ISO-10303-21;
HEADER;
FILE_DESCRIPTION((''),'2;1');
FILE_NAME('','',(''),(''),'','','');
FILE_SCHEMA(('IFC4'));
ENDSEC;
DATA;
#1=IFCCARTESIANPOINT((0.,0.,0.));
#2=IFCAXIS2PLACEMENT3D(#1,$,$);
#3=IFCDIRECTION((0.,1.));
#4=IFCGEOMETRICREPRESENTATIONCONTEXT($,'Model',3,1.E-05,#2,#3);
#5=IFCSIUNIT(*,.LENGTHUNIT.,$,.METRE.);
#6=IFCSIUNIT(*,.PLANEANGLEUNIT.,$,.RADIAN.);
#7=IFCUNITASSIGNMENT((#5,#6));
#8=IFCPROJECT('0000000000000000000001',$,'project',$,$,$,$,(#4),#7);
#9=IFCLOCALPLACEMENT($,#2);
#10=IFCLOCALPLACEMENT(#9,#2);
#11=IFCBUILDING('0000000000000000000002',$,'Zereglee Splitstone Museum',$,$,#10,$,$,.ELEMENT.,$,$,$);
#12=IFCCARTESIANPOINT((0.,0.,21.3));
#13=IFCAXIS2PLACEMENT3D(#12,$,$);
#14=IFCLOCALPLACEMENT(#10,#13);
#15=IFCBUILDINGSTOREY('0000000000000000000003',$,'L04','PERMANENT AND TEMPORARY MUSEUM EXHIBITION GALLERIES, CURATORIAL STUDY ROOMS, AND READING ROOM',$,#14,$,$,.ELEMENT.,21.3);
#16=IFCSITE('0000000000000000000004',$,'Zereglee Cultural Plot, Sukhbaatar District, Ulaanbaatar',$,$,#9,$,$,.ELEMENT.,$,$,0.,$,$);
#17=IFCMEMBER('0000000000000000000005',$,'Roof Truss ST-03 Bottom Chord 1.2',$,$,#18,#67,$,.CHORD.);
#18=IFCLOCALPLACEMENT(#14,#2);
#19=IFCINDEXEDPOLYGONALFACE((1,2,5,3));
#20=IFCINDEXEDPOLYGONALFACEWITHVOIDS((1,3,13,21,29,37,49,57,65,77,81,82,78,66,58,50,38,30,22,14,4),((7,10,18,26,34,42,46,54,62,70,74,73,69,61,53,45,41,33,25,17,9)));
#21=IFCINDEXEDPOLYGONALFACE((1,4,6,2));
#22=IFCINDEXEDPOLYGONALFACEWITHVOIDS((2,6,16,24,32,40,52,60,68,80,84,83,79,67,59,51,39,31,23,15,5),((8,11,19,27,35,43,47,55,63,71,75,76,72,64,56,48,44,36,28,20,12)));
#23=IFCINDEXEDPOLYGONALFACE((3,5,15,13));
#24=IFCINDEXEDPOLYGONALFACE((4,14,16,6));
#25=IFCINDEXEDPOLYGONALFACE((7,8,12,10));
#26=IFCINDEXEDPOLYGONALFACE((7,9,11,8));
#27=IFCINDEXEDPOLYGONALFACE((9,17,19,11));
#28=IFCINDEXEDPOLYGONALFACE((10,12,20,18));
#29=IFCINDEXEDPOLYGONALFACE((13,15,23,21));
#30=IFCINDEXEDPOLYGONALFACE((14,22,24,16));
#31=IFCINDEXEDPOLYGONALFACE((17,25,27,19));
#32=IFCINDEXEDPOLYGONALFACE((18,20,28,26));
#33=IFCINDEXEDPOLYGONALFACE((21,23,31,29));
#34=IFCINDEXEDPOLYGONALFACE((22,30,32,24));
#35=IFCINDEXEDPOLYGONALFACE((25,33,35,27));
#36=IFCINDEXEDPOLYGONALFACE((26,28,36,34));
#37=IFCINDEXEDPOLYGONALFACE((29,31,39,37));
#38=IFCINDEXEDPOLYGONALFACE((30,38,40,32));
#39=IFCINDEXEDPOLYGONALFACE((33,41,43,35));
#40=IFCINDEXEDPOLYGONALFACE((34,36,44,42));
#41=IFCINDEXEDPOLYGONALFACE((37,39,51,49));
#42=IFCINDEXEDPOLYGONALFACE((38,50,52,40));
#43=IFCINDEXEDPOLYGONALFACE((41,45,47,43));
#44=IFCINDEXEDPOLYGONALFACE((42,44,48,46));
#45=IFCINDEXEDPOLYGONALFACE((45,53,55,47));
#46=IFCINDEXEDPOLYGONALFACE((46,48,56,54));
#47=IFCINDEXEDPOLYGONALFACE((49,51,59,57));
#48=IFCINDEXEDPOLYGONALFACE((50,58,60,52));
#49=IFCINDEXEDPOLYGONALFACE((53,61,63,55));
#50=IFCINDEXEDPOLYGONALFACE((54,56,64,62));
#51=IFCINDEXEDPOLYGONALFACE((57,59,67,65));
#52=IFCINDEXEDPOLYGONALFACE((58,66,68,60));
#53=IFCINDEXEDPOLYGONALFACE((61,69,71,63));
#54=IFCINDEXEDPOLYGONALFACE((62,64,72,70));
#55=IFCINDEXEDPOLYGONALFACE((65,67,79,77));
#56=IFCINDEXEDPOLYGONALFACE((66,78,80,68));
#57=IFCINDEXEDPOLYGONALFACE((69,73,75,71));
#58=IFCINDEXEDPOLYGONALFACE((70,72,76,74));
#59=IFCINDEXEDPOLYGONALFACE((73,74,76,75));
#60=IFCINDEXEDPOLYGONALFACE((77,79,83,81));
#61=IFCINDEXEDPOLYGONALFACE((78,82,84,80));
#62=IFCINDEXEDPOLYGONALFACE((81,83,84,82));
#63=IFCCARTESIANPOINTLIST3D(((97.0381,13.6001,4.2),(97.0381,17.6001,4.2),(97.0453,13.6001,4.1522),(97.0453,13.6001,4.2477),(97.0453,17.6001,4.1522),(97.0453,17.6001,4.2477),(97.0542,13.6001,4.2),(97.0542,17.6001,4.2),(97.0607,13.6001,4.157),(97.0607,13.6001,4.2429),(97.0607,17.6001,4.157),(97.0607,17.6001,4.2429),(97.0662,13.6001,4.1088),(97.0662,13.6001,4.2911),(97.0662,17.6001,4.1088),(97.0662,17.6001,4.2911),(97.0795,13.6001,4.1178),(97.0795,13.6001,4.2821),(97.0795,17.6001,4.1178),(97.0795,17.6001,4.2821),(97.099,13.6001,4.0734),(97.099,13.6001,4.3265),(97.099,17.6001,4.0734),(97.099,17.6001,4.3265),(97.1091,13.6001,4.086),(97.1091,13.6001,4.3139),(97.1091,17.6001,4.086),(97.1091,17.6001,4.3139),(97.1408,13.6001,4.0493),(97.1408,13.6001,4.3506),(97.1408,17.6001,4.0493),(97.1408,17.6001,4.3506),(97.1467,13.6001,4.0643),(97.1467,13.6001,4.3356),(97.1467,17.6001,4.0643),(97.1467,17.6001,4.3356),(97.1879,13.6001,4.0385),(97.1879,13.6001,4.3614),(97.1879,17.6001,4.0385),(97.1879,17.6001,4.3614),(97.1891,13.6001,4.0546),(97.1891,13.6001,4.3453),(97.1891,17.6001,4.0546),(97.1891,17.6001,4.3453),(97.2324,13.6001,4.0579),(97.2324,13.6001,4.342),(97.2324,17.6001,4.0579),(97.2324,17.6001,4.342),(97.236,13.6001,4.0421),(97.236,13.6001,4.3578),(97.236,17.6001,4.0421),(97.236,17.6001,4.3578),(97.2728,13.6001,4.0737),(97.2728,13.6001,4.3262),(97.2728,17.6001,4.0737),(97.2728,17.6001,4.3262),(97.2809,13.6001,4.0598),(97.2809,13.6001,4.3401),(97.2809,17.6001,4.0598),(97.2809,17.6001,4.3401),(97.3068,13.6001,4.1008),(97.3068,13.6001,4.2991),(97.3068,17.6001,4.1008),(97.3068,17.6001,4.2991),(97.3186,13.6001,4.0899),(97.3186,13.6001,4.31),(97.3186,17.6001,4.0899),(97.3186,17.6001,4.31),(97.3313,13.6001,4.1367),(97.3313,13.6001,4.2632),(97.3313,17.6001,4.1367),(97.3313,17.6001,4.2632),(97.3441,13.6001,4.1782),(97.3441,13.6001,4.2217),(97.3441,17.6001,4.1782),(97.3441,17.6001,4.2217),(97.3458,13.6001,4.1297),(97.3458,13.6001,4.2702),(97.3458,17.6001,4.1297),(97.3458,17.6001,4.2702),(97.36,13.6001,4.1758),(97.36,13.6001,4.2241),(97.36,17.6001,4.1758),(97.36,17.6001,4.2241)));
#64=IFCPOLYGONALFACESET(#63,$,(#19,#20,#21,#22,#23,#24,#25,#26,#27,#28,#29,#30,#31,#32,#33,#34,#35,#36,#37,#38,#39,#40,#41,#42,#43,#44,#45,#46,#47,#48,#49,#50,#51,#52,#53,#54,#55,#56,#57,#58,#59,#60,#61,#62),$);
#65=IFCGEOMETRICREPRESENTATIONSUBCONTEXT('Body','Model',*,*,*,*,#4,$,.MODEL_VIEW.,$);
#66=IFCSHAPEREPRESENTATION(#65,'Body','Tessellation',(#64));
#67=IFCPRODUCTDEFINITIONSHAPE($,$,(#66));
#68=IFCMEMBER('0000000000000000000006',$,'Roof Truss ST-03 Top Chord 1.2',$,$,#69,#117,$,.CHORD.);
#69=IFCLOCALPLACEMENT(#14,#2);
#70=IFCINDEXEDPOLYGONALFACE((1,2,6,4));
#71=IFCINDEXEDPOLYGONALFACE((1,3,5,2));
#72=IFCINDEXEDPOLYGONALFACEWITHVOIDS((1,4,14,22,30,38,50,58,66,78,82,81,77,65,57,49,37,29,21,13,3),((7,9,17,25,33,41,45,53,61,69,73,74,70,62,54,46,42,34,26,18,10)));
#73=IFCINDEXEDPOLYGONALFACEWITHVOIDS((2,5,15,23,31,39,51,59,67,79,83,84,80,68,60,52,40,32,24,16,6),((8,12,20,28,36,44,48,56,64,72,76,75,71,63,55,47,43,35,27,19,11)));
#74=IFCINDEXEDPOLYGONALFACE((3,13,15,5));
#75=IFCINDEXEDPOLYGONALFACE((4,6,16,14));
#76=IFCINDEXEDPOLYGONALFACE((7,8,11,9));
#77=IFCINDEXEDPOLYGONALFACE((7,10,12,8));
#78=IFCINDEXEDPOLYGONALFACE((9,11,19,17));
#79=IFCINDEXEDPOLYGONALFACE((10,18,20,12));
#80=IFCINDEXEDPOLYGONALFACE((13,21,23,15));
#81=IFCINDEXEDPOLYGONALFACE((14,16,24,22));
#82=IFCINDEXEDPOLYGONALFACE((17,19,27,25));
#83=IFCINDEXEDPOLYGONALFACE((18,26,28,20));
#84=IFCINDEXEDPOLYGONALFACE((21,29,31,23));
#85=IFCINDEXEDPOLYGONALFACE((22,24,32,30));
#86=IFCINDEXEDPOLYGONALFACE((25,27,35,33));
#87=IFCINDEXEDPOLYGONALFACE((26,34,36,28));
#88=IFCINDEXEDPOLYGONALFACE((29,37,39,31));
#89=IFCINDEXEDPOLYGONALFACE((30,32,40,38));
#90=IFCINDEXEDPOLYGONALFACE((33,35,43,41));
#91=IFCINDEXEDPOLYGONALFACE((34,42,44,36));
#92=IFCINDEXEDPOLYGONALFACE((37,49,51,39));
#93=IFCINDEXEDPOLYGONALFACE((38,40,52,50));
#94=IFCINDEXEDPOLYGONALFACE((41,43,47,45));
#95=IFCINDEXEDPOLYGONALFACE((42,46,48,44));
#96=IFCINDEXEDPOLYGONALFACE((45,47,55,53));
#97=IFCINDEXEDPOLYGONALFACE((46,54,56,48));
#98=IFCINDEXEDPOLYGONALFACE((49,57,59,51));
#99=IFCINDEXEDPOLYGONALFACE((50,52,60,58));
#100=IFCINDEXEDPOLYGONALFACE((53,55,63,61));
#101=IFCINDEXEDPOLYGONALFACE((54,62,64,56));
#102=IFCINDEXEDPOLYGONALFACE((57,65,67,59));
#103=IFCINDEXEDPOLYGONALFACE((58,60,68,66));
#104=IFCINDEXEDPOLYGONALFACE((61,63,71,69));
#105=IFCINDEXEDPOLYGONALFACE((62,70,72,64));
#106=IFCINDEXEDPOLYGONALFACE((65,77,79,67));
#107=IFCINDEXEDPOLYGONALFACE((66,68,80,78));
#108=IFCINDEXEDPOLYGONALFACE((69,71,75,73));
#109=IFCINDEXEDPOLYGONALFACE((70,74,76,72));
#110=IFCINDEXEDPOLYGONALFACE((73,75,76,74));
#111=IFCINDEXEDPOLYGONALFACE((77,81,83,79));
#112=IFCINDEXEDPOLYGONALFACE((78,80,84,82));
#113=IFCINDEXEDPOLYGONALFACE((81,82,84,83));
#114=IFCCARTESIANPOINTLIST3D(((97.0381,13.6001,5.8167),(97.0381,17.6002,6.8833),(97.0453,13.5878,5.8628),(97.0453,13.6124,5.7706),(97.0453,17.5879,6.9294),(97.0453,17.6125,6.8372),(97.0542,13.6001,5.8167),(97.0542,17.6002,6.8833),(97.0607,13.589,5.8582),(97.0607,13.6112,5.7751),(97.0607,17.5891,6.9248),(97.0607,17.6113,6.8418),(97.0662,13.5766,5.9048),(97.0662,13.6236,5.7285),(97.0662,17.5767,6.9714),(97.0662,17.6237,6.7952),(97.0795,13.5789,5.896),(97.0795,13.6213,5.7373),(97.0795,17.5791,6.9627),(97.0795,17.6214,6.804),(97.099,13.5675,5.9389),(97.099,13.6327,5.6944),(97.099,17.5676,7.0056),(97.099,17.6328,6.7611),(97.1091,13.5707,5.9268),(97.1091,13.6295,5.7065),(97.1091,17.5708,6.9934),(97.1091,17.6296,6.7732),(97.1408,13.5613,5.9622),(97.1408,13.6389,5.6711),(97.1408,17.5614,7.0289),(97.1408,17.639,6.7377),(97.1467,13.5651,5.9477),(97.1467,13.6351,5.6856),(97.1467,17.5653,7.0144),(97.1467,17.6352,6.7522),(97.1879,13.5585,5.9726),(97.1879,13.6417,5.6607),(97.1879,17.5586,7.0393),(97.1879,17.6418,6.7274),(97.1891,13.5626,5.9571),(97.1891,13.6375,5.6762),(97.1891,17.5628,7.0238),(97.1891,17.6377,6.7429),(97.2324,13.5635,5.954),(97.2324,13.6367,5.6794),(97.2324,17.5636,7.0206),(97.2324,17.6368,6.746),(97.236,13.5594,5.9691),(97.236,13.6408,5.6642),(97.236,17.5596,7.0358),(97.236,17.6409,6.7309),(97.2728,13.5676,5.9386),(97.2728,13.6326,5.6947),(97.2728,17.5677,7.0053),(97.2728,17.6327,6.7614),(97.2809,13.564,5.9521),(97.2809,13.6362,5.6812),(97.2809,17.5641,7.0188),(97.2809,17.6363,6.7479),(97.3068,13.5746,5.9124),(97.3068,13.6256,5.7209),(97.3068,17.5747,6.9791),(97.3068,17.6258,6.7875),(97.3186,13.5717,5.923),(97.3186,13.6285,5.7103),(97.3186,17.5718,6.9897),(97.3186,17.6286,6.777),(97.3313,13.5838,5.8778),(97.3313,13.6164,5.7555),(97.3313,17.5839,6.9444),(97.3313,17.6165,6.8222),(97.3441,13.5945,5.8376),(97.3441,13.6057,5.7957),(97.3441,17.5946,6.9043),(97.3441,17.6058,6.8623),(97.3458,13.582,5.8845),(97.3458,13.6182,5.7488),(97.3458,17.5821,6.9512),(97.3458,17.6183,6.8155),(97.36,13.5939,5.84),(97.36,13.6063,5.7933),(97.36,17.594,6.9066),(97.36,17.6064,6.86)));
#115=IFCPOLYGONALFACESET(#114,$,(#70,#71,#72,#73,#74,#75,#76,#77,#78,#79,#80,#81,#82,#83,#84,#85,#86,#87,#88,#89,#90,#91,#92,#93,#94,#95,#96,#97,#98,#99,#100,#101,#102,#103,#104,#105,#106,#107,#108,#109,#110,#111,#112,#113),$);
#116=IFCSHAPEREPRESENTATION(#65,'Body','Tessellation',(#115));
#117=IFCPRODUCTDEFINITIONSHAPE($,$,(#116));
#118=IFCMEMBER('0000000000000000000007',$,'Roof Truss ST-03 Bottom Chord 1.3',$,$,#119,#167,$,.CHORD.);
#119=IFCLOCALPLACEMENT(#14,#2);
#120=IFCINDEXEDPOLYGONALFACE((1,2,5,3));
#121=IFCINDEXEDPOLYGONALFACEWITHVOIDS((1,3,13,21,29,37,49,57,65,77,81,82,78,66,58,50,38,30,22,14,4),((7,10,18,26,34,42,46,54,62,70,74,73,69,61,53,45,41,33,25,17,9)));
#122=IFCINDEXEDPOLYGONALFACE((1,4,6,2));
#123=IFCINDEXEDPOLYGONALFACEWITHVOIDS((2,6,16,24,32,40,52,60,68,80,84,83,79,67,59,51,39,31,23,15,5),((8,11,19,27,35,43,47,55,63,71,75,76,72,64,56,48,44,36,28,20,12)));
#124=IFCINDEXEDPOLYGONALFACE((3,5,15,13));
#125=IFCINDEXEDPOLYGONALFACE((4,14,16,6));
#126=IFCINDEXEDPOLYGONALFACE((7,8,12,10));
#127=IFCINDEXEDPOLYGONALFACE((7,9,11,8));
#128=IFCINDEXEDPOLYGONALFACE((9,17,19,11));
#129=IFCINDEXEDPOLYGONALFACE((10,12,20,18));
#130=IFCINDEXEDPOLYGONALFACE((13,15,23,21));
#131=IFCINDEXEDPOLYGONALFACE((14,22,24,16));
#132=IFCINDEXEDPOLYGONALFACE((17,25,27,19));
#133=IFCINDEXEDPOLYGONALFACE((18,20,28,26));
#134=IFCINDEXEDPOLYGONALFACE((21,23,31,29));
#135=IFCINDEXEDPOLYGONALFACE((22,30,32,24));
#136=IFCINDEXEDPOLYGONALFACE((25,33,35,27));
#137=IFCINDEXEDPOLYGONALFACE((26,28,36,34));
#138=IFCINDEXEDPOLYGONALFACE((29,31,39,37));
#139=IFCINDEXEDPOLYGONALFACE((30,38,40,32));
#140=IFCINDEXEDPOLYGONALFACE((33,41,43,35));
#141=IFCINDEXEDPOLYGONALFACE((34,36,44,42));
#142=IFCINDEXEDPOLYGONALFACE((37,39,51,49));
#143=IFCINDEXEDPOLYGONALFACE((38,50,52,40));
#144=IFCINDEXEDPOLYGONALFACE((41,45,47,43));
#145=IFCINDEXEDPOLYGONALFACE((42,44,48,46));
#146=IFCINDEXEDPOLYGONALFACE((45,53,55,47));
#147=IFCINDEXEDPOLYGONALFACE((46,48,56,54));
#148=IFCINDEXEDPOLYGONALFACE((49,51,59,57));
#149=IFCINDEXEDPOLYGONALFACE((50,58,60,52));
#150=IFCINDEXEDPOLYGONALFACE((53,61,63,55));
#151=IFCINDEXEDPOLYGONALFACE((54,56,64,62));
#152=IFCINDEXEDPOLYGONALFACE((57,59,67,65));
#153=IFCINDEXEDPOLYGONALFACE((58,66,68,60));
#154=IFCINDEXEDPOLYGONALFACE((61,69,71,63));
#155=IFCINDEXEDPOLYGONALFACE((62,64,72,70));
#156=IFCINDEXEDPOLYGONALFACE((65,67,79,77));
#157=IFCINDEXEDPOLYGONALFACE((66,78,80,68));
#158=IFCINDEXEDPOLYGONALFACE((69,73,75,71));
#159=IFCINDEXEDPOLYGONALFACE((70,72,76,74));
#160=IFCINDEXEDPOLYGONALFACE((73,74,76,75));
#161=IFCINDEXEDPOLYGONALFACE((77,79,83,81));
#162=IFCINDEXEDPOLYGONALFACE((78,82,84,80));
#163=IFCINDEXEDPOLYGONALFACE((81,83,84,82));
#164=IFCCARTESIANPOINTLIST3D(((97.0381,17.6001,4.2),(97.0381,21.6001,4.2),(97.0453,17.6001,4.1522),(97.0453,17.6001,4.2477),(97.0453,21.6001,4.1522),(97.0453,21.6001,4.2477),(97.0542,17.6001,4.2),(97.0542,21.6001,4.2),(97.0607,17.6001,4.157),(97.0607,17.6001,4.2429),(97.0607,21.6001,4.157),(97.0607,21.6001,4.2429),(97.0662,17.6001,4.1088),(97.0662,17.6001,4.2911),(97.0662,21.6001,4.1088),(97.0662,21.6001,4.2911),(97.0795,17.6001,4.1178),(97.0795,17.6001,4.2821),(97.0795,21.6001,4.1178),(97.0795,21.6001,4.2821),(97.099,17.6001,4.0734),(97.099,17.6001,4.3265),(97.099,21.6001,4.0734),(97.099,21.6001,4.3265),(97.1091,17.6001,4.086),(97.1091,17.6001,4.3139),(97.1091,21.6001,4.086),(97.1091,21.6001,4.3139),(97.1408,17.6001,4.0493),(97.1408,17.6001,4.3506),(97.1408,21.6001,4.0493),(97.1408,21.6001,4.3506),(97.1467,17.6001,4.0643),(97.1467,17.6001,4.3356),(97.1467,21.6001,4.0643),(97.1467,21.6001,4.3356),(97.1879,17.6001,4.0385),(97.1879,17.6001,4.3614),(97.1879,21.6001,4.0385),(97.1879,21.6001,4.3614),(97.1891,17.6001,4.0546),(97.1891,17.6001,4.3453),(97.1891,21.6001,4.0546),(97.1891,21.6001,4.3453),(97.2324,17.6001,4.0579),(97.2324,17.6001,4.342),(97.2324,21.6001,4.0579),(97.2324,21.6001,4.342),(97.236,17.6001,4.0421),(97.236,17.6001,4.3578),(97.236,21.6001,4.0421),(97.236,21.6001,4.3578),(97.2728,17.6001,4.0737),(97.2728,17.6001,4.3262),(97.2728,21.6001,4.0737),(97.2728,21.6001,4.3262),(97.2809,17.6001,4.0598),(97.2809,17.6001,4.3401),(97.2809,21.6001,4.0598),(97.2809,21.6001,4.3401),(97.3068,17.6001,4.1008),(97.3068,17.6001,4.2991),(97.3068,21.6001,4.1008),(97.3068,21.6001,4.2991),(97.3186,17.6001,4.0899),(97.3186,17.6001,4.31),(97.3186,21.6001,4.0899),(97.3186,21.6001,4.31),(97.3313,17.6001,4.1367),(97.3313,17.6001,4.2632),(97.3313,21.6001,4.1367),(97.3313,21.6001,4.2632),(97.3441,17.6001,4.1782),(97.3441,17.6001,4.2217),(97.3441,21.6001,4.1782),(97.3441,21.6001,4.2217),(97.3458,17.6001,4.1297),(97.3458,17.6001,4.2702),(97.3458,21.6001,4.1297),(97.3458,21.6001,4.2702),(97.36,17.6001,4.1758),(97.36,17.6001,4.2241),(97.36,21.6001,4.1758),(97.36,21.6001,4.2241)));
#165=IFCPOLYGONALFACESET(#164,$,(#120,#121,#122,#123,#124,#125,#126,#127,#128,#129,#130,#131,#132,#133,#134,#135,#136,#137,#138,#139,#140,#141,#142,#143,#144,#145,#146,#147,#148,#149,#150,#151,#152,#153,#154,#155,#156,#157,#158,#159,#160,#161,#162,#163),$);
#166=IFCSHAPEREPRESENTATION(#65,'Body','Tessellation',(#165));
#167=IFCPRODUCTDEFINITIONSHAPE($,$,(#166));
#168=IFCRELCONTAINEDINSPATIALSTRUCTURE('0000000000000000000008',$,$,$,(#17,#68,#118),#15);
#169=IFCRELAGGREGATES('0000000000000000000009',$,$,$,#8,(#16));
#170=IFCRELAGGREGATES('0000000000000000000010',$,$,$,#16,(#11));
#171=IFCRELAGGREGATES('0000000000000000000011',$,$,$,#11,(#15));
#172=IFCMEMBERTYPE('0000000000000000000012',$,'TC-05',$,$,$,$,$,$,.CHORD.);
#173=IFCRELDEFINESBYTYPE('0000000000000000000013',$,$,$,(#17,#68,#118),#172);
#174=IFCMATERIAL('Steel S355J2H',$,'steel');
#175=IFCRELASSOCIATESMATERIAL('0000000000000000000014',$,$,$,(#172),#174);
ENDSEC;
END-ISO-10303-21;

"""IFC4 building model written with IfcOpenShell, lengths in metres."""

from ifc_helpers import new_model, si_unit, direction, frame, origin, origin_2d, place, context, subcontext, project, spatial, hollow_circle, extrude, material, material_profile, profile_set, type_object, element, save


model = new_model("IFC4")

# Units and contexts
model_context = context("Model", 3, precision=1e-05, world=origin(), true_north=direction((0.0, 1.0)))
body_context = subcontext(model_context, "Body", "Model", "MODEL_VIEW")
ifc_project = project(units=[si_unit("LENGTHUNIT", "METRE"), si_unit("PLANEANGLEUNIT", "RADIAN")], contexts=[model_context])

# Site, building, storey
site_placement = place(None, origin())
site = spatial("IfcSite", under=ifc_project, at=site_placement, Name="Zereglee Cultural Plot, Sukhbaatar District, Ulaanbaatar", CompositionType="ELEMENT", RefElevation=0.0)
building_placement = place(site_placement, origin())
building = spatial("IfcBuilding", under=site, at=building_placement, Name="Zereglee Splitstone Museum", CompositionType="ELEMENT")
storey_placement = place(building_placement, frame((0.0, 0.0, 21.3)))
storey = spatial("IfcBuildingStorey", under=building, at=storey_placement, Name="L04", Description="PERMANENT AND TEMPORARY MUSEUM EXHIBITION GALLERIES, CURATORIAL STUDY ROOMS, AND READING ROOM", CompositionType="ELEMENT", Elevation=21.3)

# Members
ifc_material_1 = material(Name="Steel S355J2H", Category="steel")
ifc_material_profile_1 = material_profile(ifc_material_1, hollow_circle(Radius=0.1619, WallThickness=0.0161, at=origin_2d()), Name="CHS 323.9x16")
ifc_profile_set_1 = profile_set([ifc_material_profile_1], Name="Steel S355J2H")
member_type_1 = type_object("IfcMemberType", Name="TC-05", PredefinedType="CHORD", material=ifc_profile_set_1)
member_1_placement = place(storey_placement, frame((97.2, 13.6001, 4.2), z_axis=(0.0, 1.0, 0.0), x_axis=(-1.0, 0.0, 0.0)))
element("IfcMember", 1, at=member_1_placement, inside=storey, type_object=member_type_1, Name="Roof Truss ST-03 Bottom Chord 1.2", PredefinedType="CHORD", context=body_context, shape_type="SweptSolid", body=[
    extrude(hollow_circle(Radius=0.1619, WallThickness=0.0161, at=origin_2d()), origin(), (0.0, 0.0, 1.0), 4.0),
])
member_2_placement = place(storey_placement, frame((97.2, 13.6001, 5.8167), z_axis=(0.0, 0.966236, 0.257659), x_axis=(-1.0, 0.0, 0.0)))
element("IfcMember", 2, at=member_2_placement, inside=storey, type_object=member_type_1, Name="Roof Truss ST-03 Top Chord 1.2", PredefinedType="CHORD", context=body_context, shape_type="SweptSolid", body=[
    extrude(hollow_circle(Radius=0.1619, WallThickness=0.0161, at=origin_2d()), origin(), (0.0, 0.0, 1.0), 4.1399),
])
member_3_placement = place(storey_placement, frame((97.2, 17.6001, 4.2), z_axis=(0.0, 1.0, 0.0), x_axis=(-1.0, 0.0, 0.0)))
element("IfcMember", 3, at=member_3_placement, inside=storey, type_object=member_type_1, Name="Roof Truss ST-03 Bottom Chord 1.3", PredefinedType="CHORD", context=body_context, shape_type="SweptSolid", body=[
    extrude(hollow_circle(Radius=0.1619, WallThickness=0.0161, at=origin_2d()), origin(), (0.0, 0.0, 1.0), 4.0),
])

save(model, "model.ifc")
